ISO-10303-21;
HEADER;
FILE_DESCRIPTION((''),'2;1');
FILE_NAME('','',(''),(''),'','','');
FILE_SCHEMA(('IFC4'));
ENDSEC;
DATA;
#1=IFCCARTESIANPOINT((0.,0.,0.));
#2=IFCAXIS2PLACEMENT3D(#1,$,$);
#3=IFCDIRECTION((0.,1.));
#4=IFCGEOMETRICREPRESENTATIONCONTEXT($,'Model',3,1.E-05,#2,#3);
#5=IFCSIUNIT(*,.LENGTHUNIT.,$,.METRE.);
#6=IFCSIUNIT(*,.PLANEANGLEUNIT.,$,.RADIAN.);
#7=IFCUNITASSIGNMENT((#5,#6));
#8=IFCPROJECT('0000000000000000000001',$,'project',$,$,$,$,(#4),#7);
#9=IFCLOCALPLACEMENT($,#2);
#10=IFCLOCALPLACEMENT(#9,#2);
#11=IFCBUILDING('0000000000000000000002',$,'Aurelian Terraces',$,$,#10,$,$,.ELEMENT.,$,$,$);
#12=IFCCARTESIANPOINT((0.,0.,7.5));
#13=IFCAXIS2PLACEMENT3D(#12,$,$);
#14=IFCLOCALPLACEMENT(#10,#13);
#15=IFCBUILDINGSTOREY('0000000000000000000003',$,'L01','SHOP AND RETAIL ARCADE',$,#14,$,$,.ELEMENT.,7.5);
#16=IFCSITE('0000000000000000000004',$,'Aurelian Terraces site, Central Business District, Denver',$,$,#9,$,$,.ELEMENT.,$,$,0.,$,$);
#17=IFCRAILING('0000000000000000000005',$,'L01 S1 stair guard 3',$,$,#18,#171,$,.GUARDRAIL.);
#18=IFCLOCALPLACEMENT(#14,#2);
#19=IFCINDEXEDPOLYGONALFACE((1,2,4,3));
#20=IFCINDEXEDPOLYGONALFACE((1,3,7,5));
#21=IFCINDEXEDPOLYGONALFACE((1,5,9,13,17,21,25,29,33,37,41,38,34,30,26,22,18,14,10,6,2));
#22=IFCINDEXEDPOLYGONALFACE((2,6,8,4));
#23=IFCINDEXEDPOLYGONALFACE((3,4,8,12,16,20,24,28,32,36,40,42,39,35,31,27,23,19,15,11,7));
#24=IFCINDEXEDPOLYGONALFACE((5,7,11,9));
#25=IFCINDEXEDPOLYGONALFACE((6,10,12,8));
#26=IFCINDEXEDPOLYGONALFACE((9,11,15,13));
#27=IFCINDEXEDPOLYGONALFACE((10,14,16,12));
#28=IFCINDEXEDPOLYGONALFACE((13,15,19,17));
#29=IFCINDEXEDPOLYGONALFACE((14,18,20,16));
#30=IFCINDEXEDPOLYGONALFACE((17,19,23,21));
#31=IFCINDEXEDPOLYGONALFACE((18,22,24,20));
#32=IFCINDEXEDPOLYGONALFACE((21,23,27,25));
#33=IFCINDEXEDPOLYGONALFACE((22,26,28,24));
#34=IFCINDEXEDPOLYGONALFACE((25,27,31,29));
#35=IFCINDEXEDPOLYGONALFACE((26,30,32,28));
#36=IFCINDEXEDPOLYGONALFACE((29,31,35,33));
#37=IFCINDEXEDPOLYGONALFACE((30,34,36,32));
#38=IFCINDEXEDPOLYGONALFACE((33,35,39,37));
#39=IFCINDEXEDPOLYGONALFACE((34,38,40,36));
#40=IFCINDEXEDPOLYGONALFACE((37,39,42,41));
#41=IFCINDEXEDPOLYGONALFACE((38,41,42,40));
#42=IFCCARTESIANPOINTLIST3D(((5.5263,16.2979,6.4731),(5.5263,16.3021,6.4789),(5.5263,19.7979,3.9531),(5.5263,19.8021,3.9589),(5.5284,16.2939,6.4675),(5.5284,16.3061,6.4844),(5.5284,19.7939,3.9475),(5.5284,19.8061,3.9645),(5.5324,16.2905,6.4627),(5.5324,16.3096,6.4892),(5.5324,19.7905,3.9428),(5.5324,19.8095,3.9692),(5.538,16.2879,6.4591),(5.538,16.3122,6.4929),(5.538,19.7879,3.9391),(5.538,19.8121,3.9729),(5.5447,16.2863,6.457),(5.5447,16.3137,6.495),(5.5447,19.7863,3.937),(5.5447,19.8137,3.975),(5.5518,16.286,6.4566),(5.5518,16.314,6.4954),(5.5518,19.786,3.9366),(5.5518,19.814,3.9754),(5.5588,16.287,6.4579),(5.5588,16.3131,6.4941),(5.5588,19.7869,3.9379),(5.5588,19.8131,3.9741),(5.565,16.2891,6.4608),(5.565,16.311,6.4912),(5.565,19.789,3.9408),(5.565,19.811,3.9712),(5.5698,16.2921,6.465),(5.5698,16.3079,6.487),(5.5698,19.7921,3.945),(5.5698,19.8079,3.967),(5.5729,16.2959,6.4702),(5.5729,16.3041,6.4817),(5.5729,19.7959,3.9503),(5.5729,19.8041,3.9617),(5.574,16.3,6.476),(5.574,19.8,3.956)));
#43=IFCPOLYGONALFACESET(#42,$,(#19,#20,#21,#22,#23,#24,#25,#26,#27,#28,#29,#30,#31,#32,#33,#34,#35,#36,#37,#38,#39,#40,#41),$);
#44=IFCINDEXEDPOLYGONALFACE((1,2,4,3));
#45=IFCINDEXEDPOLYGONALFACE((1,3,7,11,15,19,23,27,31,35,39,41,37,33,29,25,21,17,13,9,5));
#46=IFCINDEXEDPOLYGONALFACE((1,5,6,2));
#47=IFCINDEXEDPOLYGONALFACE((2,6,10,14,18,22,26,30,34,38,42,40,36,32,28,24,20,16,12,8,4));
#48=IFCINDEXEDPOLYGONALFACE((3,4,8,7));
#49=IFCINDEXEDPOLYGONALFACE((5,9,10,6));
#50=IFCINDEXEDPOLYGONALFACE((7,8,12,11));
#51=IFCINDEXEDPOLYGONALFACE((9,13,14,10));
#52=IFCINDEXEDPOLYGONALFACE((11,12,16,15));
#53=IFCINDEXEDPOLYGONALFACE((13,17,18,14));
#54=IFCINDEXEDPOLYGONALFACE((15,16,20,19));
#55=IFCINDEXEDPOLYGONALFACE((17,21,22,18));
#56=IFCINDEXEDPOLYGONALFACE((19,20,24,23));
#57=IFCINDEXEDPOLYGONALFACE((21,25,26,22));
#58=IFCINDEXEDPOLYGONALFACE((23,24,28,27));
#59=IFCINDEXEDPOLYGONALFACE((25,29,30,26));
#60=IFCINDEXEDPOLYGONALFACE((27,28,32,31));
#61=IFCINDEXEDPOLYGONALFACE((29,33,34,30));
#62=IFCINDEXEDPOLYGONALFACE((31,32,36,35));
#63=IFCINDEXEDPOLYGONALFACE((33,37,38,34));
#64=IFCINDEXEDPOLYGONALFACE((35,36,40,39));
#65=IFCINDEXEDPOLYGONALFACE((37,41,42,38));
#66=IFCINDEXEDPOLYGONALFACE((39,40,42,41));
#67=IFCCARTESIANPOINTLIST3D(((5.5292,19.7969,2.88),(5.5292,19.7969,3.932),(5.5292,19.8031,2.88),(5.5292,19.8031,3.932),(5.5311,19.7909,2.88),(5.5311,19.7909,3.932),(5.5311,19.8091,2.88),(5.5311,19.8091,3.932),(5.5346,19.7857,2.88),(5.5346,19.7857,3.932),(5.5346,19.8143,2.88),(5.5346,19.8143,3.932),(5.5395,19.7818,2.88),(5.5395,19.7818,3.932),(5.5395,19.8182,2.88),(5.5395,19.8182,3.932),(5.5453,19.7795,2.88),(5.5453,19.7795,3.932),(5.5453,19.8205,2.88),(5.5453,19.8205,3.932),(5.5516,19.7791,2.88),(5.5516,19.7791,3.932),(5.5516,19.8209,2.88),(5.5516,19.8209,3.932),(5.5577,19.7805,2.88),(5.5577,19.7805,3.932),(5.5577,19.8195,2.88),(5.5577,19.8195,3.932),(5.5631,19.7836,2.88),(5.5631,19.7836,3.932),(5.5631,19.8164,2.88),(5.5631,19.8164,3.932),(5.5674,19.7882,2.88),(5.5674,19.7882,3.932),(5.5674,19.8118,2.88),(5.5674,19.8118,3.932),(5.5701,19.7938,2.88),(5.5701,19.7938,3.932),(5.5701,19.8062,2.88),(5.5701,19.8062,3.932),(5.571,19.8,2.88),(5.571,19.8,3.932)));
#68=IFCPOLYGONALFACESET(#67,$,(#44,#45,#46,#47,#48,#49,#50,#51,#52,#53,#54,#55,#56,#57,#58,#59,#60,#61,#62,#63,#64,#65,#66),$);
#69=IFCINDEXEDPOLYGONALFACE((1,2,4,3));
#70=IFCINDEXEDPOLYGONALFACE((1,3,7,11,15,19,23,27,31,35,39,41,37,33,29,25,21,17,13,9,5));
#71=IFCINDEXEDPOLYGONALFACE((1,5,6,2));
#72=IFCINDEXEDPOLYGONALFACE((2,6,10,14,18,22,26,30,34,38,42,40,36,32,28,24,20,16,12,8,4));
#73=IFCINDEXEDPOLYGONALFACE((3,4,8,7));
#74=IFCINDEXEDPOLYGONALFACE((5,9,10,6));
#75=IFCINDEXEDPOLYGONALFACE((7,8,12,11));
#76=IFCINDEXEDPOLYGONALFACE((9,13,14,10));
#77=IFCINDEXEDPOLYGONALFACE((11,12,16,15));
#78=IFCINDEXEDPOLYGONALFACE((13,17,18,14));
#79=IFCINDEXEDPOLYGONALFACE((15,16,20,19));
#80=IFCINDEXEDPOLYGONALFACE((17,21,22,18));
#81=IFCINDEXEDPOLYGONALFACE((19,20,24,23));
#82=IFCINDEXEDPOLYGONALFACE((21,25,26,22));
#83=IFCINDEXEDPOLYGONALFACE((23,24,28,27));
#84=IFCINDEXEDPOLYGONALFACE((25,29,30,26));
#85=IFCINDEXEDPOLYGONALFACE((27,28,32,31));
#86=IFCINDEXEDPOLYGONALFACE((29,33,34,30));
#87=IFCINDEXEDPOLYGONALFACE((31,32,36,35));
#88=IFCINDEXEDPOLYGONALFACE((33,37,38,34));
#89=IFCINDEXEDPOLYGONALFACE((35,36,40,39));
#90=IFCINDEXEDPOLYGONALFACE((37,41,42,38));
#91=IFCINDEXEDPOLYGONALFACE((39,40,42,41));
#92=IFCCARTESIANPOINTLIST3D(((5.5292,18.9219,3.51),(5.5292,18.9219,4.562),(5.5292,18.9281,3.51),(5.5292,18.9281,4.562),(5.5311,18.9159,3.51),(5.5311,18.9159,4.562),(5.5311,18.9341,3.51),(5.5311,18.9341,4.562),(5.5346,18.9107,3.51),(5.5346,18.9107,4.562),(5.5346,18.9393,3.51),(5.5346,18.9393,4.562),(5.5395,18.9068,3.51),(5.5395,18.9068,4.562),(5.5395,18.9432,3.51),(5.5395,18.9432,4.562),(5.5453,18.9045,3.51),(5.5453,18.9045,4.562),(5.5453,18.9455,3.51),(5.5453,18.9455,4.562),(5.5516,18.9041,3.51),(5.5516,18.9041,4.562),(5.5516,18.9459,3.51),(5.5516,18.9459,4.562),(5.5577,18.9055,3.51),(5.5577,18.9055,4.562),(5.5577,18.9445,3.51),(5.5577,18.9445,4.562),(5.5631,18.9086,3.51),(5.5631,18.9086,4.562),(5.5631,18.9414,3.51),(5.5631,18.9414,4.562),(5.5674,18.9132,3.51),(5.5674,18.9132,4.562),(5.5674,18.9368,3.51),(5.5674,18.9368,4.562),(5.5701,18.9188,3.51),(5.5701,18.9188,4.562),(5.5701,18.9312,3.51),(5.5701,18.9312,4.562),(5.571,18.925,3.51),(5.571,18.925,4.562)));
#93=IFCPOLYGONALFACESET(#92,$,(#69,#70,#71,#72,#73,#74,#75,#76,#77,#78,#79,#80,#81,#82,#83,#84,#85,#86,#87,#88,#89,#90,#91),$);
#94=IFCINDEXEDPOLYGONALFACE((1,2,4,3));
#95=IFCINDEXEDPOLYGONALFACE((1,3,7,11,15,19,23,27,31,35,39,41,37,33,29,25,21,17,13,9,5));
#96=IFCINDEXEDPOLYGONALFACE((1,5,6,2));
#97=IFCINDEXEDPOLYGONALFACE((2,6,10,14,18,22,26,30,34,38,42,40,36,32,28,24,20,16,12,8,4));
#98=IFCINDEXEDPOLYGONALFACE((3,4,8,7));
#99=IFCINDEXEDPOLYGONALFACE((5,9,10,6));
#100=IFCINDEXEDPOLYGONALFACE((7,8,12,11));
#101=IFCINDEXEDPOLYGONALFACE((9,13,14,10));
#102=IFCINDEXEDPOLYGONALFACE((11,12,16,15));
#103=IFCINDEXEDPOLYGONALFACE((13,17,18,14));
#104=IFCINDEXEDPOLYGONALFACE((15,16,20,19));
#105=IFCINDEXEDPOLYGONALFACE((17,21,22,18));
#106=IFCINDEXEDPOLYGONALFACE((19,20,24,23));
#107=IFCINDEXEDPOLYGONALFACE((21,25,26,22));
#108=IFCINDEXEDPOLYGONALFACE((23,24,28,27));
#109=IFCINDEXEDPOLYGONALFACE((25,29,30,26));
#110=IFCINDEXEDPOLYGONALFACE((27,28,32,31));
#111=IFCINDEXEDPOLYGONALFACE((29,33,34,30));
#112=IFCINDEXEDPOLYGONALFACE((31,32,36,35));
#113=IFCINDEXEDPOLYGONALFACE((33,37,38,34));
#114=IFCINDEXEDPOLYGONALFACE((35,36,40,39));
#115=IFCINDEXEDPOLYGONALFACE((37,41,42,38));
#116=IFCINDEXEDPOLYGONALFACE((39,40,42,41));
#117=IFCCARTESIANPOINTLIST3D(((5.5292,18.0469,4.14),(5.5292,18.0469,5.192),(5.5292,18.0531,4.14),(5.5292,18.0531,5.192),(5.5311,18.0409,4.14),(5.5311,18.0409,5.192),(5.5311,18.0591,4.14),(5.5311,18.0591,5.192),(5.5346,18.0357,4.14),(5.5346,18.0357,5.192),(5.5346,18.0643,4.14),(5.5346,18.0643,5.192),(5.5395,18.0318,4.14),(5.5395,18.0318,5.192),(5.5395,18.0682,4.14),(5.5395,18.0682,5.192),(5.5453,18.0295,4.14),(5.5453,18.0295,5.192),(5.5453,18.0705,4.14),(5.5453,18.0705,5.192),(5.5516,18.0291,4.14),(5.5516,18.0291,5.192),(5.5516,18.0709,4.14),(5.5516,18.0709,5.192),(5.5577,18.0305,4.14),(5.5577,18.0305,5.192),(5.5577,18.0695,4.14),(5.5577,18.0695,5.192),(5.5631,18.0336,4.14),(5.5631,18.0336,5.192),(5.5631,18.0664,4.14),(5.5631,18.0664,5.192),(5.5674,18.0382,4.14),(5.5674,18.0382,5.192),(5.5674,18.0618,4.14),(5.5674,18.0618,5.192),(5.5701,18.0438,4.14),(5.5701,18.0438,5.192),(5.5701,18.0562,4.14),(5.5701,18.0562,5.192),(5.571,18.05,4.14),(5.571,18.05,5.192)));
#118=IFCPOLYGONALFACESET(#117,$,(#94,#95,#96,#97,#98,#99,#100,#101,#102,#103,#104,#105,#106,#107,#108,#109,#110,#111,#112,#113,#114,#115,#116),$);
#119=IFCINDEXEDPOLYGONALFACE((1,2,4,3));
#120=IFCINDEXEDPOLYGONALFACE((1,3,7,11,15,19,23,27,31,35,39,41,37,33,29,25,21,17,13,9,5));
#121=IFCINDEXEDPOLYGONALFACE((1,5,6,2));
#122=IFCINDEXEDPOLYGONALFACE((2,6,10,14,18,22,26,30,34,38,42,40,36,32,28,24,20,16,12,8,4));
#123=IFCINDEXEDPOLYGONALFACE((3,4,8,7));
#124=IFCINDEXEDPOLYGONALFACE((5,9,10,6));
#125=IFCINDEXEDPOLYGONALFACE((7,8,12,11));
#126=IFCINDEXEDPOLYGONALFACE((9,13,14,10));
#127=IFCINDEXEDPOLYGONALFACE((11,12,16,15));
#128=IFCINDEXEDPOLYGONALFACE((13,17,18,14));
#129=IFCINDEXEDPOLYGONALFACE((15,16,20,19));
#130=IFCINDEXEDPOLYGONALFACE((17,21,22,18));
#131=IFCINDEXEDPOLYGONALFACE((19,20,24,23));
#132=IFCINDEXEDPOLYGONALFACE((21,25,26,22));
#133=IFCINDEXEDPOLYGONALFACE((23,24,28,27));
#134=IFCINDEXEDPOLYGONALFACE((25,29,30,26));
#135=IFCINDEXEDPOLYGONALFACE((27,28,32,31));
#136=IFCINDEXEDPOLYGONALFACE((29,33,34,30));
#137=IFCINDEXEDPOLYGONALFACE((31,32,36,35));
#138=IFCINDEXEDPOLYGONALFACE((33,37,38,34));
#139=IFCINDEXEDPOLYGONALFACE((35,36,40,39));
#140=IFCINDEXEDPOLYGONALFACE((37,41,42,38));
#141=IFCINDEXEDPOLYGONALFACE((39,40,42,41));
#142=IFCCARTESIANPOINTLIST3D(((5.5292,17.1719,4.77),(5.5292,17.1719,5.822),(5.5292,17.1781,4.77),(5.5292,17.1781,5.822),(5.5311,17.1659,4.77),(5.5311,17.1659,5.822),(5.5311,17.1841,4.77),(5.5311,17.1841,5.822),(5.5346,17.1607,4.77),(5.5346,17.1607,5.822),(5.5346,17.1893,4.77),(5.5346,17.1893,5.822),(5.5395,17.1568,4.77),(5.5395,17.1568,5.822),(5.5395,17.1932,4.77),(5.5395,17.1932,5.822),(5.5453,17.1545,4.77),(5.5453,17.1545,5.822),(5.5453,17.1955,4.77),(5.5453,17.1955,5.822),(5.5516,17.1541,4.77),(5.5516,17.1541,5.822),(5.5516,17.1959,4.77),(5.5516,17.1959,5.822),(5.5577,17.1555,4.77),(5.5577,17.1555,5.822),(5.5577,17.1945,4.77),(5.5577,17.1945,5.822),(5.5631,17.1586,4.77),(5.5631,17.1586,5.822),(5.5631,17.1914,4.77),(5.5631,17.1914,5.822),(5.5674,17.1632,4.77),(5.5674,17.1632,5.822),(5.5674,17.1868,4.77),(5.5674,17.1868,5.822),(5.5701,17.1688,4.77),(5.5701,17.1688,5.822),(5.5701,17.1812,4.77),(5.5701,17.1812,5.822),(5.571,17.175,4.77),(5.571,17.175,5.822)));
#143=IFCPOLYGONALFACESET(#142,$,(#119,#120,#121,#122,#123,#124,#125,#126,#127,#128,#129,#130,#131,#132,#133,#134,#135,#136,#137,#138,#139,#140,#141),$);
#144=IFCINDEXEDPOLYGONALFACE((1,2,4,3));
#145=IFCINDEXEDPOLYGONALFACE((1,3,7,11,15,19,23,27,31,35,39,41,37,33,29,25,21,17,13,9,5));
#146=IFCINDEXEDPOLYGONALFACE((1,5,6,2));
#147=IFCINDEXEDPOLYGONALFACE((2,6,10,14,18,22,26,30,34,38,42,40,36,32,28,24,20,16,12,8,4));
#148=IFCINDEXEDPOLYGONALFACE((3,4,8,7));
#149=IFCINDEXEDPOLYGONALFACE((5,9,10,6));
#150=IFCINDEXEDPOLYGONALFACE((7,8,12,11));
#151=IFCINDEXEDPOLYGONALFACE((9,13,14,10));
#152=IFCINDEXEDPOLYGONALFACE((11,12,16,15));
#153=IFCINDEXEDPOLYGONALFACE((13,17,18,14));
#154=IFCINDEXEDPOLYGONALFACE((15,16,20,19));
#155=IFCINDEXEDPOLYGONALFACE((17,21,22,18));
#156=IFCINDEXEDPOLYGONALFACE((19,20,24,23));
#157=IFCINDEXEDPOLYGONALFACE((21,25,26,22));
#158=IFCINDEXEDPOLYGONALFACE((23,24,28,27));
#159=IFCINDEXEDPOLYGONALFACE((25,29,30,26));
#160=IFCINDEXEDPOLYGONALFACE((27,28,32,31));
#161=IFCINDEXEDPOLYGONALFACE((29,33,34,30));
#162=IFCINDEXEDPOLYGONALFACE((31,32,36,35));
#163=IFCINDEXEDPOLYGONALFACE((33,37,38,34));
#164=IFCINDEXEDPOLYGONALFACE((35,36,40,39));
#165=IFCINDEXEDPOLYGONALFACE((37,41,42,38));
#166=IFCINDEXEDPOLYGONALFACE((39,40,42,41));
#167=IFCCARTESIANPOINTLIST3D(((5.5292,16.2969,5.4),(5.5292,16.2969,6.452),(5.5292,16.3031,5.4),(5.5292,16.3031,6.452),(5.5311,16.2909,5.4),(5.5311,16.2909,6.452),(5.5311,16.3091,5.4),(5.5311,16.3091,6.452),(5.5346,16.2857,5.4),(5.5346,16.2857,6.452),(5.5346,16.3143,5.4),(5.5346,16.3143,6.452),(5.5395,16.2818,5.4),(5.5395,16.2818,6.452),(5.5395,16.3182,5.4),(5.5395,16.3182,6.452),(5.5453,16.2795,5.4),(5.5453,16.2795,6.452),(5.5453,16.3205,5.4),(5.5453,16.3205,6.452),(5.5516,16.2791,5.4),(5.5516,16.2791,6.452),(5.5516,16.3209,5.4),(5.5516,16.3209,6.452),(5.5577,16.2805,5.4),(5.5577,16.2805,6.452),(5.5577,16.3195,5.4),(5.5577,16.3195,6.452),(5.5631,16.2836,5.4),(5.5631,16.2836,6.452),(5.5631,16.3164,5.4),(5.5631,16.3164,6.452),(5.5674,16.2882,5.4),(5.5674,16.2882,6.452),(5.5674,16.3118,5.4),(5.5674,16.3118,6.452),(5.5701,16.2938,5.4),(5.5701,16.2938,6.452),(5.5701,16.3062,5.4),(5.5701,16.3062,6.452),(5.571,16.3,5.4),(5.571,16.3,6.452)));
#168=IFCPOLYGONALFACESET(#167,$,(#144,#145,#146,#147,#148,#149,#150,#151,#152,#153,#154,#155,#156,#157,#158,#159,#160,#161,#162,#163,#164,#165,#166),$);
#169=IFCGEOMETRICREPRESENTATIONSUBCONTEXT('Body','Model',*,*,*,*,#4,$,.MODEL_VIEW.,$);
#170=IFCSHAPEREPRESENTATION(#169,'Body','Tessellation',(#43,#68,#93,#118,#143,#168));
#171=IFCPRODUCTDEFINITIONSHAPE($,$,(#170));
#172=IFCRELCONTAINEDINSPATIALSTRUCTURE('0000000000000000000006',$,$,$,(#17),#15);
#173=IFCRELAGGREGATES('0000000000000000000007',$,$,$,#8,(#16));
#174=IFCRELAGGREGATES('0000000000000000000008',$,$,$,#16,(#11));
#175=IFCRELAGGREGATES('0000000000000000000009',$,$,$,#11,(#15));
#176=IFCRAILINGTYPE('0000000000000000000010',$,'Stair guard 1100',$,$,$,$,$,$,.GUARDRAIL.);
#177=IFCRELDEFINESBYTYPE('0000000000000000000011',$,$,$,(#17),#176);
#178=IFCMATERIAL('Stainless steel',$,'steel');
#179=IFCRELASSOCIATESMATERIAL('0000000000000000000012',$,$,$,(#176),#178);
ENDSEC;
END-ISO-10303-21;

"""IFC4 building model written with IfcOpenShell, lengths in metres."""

from ifc_helpers import new_model, si_unit, direction, frame, origin, origin_2d, place, context, subcontext, project, spatial, circle, extrude, material, type_object, element, save


model = new_model("IFC4")

# Units and contexts
model_context = context("Model", 3, precision=1e-05, world=origin(), true_north=direction((0.0, 1.0)))
body_context = subcontext(model_context, "Body", "Model", "MODEL_VIEW")
ifc_project = project(units=[si_unit("LENGTHUNIT", "METRE"), si_unit("PLANEANGLEUNIT", "RADIAN")], contexts=[model_context])

# Site, building, storey
site_placement = place(None, origin())
site = spatial("IfcSite", under=ifc_project, at=site_placement, Name="Aurelian Terraces site, Central Business District, Denver", CompositionType="ELEMENT", RefElevation=0.0)
building_placement = place(site_placement, origin())
building = spatial("IfcBuilding", under=site, at=building_placement, Name="Aurelian Terraces", CompositionType="ELEMENT")
storey_placement = place(building_placement, frame((0.0, 0.0, 7.5)))
storey = spatial("IfcBuildingStorey", under=building, at=storey_placement, Name="L01", Description="SHOP AND RETAIL ARCADE", CompositionType="ELEMENT", Elevation=7.5)

# Railing
ifc_material_1 = material(Name="Stainless steel", Category="steel")
railing_type = type_object("IfcRailingType", Name="Stair guard 1100", PredefinedType="GUARDRAIL", material=ifc_material_1)
railing_1_placement = place(storey_placement, frame((5.55, 19.8, 2.88)))
element("IfcRailing", 1, at=railing_1_placement, inside=storey, type_object=railing_type, Name="L01 S1 stair guard 3", PredefinedType="GUARDRAIL", context=body_context, shape_type="SweptSolid", body=[
    extrude(circle(Radius=0.024, at=origin_2d()), frame((0.0, 0.0, 1.076), z_axis=(0.0, -0.811534, 0.584305), x_axis=(1.0, 0.0, 0.0)), (0.0, 0.0, 1.0), 4.3128),
    extrude(circle(Radius=0.021, at=origin_2d()), origin(), (0.0, 0.0, 1.0), 1.052),
    extrude(circle(Radius=0.021, at=origin_2d()), frame((0.0, -0.875, 0.63)), (0.0, 0.0, 1.0), 1.052),
    extrude(circle(Radius=0.021, at=origin_2d()), frame((0.0, -1.75, 1.26)), (0.0, 0.0, 1.0), 1.052),
    extrude(circle(Radius=0.021, at=origin_2d()), frame((0.0, -2.625, 1.89)), (0.0, 0.0, 1.0), 1.052),
    extrude(circle(Radius=0.021, at=origin_2d()), frame((0.0, -3.5, 2.52)), (0.0, 0.0, 1.0), 1.052),
])

save(model, "model.ifc")
